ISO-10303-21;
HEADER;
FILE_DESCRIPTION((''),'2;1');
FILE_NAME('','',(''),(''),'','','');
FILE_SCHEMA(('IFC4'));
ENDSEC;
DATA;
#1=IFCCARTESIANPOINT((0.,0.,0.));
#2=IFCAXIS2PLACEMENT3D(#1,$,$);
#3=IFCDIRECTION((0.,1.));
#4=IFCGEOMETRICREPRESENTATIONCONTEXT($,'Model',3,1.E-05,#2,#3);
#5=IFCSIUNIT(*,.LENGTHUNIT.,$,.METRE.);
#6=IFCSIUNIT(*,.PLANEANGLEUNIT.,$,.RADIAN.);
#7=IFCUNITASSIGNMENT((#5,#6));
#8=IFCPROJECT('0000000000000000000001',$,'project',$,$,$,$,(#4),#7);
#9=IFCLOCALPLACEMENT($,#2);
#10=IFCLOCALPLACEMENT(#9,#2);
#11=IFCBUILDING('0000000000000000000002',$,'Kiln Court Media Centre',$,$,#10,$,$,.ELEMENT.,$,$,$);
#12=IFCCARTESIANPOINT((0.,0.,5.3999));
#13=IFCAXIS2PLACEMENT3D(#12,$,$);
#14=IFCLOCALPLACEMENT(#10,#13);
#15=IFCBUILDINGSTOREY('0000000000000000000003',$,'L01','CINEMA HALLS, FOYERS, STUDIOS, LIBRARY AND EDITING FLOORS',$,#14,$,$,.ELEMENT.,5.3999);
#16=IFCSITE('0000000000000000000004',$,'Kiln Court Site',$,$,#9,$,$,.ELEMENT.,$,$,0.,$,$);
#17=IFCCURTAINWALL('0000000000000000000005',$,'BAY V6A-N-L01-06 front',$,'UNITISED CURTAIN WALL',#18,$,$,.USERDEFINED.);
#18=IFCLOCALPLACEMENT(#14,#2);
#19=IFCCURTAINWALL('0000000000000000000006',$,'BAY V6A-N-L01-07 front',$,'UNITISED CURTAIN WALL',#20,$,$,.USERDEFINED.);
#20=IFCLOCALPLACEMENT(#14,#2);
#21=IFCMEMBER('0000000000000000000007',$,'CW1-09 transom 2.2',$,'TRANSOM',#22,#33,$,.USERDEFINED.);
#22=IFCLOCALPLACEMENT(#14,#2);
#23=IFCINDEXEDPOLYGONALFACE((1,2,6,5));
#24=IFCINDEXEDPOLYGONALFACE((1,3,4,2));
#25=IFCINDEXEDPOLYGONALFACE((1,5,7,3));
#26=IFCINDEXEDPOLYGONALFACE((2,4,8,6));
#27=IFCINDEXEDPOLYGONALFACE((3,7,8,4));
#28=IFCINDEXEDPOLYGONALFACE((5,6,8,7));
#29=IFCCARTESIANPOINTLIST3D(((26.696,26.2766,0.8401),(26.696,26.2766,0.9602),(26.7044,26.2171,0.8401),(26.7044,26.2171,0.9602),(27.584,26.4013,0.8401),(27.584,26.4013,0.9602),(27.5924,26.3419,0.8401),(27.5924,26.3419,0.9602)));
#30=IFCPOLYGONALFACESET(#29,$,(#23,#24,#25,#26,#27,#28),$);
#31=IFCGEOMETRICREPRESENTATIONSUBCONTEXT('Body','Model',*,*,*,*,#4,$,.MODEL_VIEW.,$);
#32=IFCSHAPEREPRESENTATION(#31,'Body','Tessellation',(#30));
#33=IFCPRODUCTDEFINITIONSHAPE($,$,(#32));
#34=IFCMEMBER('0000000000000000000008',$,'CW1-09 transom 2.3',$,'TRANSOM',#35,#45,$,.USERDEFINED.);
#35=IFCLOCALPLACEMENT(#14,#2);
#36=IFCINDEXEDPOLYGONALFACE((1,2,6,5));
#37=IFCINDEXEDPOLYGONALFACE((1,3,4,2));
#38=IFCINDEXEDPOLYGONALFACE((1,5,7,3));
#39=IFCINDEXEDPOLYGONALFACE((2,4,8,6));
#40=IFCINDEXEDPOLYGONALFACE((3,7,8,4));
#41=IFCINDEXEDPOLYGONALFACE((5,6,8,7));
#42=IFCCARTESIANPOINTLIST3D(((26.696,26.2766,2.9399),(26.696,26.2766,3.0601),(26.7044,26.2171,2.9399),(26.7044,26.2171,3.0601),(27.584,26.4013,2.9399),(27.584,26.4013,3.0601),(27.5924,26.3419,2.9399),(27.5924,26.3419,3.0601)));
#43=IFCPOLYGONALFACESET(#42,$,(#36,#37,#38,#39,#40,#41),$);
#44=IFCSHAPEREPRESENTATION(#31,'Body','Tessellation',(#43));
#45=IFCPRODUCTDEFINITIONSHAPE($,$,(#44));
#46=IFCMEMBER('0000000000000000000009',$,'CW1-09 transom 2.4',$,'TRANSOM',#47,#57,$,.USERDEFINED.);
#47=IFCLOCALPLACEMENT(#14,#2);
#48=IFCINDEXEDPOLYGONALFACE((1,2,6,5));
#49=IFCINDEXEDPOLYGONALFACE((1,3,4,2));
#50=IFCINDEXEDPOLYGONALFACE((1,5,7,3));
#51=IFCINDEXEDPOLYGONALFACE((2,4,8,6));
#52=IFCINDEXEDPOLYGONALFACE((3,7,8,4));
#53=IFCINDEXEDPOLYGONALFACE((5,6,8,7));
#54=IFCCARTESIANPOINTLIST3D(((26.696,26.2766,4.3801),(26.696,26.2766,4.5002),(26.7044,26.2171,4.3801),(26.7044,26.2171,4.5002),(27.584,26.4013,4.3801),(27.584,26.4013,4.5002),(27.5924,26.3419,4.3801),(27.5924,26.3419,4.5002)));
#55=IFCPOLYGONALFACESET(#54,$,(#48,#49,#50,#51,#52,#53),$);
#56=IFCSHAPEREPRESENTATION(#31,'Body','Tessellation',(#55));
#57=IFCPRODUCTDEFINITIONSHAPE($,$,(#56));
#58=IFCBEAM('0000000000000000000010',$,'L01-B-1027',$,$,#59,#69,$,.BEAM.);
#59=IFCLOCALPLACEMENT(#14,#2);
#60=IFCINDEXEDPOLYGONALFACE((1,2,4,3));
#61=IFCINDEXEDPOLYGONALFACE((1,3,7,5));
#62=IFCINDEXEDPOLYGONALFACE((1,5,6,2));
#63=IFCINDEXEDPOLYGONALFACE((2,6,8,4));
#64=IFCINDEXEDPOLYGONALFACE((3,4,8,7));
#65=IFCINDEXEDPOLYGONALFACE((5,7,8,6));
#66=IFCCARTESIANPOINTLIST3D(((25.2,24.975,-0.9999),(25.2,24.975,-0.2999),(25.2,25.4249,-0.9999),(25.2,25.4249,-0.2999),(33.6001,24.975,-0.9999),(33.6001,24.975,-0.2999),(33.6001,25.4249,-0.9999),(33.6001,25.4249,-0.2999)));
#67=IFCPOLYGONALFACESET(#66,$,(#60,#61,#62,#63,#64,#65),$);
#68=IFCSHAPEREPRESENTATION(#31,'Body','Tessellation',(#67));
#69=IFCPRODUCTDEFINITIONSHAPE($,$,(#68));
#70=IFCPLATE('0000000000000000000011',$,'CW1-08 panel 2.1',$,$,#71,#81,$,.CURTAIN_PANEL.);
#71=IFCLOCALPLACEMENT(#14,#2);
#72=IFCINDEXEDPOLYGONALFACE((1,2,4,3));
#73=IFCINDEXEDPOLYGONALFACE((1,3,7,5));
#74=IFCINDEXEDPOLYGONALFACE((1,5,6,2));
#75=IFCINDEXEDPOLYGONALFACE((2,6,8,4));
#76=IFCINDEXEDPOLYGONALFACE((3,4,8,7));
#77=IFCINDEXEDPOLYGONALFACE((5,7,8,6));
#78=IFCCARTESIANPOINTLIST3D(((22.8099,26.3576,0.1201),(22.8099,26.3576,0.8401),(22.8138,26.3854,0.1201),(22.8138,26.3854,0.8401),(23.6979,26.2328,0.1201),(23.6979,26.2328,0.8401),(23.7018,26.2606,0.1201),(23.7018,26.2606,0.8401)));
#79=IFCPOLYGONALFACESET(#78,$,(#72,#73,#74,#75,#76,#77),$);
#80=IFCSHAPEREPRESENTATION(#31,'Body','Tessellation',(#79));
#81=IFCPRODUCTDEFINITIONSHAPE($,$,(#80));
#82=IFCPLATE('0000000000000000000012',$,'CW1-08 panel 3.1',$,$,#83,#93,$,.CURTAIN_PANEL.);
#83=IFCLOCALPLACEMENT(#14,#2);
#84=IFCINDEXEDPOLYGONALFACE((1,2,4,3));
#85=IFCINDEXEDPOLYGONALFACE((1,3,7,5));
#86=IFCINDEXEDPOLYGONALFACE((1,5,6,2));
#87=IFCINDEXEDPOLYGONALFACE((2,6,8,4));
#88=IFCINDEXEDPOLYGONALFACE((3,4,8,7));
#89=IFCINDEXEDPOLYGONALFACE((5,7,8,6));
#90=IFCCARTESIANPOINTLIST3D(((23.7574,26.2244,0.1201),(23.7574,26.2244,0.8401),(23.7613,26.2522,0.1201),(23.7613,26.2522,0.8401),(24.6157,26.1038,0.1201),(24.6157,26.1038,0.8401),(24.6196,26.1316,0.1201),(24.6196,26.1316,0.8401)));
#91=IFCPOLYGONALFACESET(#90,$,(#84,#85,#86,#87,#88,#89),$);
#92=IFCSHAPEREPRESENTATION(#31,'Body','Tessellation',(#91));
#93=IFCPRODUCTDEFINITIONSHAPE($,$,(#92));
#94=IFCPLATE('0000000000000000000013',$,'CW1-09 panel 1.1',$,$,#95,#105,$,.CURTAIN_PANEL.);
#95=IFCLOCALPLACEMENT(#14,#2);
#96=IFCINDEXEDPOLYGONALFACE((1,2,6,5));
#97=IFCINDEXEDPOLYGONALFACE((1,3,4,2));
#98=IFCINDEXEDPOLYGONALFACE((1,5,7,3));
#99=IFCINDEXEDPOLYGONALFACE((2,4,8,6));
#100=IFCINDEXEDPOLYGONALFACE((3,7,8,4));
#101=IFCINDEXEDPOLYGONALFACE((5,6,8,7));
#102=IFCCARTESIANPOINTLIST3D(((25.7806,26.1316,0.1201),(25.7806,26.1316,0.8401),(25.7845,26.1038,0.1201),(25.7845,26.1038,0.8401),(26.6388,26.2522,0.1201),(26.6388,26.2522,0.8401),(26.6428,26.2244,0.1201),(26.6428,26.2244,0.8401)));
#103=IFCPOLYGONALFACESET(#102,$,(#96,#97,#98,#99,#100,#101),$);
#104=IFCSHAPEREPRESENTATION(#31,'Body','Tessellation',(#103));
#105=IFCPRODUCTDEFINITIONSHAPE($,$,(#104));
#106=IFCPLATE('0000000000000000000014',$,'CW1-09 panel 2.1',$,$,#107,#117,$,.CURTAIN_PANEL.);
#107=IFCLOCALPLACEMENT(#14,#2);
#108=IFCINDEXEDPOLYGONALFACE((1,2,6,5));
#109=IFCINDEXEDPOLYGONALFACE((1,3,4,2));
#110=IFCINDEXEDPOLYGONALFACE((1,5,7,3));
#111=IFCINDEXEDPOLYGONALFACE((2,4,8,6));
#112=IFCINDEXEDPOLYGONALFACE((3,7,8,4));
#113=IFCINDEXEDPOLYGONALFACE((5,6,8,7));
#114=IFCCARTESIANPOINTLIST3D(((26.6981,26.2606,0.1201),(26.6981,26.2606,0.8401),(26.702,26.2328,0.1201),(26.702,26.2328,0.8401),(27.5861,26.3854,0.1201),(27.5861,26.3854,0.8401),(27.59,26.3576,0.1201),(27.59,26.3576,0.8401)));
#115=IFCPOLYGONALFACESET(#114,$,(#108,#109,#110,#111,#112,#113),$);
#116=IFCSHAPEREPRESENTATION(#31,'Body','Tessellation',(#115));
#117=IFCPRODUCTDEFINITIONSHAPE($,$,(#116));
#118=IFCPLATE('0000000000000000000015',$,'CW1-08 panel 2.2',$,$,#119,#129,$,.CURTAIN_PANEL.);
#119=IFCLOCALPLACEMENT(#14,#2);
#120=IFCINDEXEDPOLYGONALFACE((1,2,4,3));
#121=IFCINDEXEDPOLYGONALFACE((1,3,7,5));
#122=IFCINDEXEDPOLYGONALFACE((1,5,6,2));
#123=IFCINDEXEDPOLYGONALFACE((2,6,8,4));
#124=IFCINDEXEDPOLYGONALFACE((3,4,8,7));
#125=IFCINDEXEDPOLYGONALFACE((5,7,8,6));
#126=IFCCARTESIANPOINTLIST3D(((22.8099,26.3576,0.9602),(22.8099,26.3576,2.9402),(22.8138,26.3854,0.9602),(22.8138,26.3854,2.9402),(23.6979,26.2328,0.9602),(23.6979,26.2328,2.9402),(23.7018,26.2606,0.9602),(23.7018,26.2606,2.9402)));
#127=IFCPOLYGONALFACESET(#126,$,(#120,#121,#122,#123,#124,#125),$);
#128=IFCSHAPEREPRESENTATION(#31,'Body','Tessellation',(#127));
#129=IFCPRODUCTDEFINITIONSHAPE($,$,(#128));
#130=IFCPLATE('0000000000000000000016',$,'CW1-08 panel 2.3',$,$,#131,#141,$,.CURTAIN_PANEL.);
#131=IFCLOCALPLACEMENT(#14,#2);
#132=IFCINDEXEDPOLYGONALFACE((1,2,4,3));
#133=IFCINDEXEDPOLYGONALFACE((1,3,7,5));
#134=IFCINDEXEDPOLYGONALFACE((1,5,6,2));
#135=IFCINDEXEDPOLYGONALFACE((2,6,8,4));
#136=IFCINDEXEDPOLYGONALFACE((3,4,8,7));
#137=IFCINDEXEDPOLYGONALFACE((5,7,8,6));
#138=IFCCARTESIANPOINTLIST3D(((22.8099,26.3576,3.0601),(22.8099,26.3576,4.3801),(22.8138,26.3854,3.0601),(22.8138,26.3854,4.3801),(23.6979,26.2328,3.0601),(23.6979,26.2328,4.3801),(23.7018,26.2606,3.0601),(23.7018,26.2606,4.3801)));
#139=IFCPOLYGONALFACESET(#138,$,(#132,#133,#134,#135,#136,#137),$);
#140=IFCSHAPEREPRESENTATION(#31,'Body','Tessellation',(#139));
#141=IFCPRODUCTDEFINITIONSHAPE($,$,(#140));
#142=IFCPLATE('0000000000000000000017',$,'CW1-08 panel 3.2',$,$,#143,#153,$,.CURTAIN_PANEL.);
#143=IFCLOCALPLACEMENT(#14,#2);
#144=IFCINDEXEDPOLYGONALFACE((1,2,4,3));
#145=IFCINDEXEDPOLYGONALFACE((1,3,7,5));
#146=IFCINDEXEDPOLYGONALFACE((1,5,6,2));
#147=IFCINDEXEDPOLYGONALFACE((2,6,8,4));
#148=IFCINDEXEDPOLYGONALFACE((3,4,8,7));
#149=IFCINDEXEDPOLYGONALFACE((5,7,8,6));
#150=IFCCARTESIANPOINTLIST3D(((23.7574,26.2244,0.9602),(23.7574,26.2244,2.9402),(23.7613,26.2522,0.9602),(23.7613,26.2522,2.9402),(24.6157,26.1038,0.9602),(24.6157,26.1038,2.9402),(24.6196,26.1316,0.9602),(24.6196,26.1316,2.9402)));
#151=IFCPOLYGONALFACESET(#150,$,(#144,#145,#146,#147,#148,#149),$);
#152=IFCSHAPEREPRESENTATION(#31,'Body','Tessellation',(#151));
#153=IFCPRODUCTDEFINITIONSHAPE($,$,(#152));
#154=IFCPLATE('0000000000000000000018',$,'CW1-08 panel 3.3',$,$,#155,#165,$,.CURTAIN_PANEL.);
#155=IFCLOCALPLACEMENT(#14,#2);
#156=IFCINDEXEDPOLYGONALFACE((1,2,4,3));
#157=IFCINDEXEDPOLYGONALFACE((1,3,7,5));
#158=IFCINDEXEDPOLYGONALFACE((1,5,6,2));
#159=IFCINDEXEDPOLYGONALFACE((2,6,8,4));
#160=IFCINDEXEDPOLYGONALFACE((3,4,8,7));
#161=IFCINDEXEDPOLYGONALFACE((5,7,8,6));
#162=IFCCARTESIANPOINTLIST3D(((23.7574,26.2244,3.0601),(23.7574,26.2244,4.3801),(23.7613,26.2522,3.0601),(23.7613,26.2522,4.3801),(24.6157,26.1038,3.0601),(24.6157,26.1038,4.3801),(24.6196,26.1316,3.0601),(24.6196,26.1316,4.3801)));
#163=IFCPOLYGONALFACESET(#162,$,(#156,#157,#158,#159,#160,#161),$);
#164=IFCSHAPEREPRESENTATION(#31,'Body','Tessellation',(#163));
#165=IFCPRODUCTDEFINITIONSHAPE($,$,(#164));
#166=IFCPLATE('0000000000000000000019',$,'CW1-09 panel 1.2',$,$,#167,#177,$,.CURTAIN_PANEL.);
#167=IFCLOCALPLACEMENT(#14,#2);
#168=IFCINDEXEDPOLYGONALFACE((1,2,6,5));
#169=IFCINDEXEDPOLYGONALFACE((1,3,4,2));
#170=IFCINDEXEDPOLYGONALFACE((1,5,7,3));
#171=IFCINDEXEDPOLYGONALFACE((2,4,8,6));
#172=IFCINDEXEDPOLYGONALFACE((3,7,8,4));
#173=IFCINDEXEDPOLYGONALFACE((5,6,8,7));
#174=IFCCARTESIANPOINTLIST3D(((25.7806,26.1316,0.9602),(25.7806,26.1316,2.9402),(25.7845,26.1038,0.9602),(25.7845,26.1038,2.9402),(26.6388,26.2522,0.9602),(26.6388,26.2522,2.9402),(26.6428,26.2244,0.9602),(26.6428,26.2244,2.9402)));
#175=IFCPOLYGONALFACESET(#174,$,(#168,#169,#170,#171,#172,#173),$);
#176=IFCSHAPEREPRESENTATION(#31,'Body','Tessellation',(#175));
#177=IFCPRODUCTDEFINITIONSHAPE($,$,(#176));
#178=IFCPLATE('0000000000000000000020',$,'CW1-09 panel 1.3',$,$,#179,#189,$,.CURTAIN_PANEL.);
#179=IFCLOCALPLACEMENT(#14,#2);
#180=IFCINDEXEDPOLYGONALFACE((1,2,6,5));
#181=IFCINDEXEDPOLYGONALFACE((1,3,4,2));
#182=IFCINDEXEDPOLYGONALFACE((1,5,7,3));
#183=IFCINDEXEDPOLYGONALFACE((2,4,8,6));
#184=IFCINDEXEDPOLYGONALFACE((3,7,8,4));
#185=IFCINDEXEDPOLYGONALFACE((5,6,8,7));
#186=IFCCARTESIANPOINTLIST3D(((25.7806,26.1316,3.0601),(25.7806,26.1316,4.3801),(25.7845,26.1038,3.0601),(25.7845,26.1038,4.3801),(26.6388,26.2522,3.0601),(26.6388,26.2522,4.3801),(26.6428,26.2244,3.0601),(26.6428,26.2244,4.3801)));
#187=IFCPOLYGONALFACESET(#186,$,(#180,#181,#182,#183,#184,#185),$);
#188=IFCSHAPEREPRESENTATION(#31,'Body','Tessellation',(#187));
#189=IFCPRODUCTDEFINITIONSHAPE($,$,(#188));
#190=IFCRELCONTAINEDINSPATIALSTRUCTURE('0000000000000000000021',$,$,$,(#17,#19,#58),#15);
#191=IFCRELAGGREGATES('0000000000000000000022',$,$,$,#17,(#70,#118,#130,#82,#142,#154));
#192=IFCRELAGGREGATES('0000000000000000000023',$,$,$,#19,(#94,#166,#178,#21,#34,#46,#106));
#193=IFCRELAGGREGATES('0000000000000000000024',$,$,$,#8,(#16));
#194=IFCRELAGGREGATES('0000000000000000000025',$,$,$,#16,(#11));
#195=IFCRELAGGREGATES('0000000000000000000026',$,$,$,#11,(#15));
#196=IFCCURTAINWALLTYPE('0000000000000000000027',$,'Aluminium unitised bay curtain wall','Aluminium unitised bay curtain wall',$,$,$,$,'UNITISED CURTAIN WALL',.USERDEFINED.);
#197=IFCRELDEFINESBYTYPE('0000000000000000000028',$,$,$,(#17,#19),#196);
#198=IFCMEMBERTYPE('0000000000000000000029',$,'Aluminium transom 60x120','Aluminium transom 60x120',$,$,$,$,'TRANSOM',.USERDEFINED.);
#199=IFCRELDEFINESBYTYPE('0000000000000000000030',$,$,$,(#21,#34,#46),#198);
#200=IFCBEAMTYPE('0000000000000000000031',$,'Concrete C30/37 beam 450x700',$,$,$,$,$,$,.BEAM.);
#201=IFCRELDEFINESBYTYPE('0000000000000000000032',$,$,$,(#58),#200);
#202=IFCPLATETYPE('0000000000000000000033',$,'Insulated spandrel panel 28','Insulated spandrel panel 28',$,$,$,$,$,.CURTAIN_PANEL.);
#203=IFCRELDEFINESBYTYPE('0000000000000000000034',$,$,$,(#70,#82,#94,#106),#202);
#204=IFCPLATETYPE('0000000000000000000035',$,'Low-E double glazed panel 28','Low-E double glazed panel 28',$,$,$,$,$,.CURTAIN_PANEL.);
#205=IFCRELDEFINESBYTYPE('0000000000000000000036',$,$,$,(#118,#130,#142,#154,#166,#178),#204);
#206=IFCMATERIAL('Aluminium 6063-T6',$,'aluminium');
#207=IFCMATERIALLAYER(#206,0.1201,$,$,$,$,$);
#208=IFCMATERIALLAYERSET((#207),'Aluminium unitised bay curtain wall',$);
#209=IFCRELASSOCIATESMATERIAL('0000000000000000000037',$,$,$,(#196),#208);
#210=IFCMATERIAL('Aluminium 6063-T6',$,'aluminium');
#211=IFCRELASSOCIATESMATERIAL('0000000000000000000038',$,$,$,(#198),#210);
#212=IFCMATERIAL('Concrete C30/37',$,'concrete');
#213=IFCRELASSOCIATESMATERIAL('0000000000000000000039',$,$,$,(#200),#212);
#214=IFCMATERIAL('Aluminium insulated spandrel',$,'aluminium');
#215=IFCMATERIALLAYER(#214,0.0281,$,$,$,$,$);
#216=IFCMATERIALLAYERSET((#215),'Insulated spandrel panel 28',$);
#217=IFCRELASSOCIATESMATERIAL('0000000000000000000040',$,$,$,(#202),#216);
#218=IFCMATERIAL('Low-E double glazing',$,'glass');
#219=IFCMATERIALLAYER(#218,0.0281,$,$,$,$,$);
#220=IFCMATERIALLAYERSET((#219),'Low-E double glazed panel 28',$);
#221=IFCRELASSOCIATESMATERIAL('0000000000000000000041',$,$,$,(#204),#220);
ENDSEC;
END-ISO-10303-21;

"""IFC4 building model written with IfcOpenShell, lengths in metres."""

from ifc_helpers import new_model, si_unit, direction, frame, origin, origin_2d, place, context, subcontext, project, spatial, rectangle, extrude, material, layer, layer_set, material_profile, profile_set, type_object, element, aggregate, save


model = new_model("IFC4")

# Units and contexts
model_context = context("Model", 3, precision=1e-05, world=origin(), true_north=direction((0.0, 1.0)))
body_context = subcontext(model_context, "Body", "Model", "MODEL_VIEW")
ifc_project = project(units=[si_unit("LENGTHUNIT", "METRE"), si_unit("PLANEANGLEUNIT", "RADIAN")], contexts=[model_context])

# Site, building, storey
site_placement = place(None, origin())
site = spatial("IfcSite", under=ifc_project, at=site_placement, Name="Kiln Court Site", CompositionType="ELEMENT", RefElevation=0.0)
building_placement = place(site_placement, origin())
building = spatial("IfcBuilding", under=site, at=building_placement, Name="Kiln Court Media Centre", CompositionType="ELEMENT")
storey_placement = place(building_placement, frame((0.0, 0.0, 5.3999)))
storey = spatial("IfcBuildingStorey", under=building, at=storey_placement, Name="L01", Description="CINEMA HALLS, FOYERS, STUDIOS, LIBRARY AND EDITING FLOORS", CompositionType="ELEMENT", Elevation=5.3999)

# Curtain walls
ifc_material_1 = material(Name="Aluminium 6063-T6", Category="aluminium")
ifc_layer_1 = layer(ifc_material_1, 0.1201)
ifc_layer_set_1 = layer_set([ifc_layer_1], Name="Aluminium unitised bay curtain wall")
curtain_wall_type = type_object("IfcCurtainWallType", Name="Aluminium unitised bay curtain wall", Description="Aluminium unitised bay curtain wall", ElementType="UNITISED CURTAIN WALL", PredefinedType="USERDEFINED", material=ifc_layer_set_1)
curtain_wall_1_placement = place(storey_placement, origin())
curtain_wall_1 = element("IfcCurtainWall", 1, at=curtain_wall_1_placement, inside=storey, type_object=curtain_wall_type, Name="BAY V6A-N-L01-06 front", ObjectType="UNITISED CURTAIN WALL", PredefinedType="USERDEFINED")
curtain_wall_2_placement = place(storey_placement, origin())
curtain_wall_2 = element("IfcCurtainWall", 2, at=curtain_wall_2_placement, inside=storey, type_object=curtain_wall_type, Name="BAY V6A-N-L01-07 front", ObjectType="UNITISED CURTAIN WALL", PredefinedType="USERDEFINED")

# Members
ifc_material_2 = material(Name="Aluminium 6063-T6", Category="aluminium")
ifc_material_profile_1 = material_profile(ifc_material_2, rectangle(XDim=0.0601, YDim=0.1201, at=origin_2d()), Name="Aluminium transom 60x120")
ifc_profile_set_1 = profile_set([ifc_material_profile_1], Name="Aluminium 6063-T6")
member_type_1 = type_object("IfcMemberType", Name="Aluminium transom 60x120", Description="Aluminium transom 60x120", ElementType="TRANSOM", PredefinedType="USERDEFINED", material=ifc_profile_set_1)
member_1_placement = place(storey_placement, frame((26.7002, 26.2468, 0.9001), z_axis=(0.990274, 0.139134, 0.0), x_axis=(-0.139134, 0.990274, 0.0)))
member_1 = element("IfcMember", 3, at=member_1_placement, type_object=member_type_1, Name="CW1-09 transom 2.2", ObjectType="TRANSOM", PredefinedType="USERDEFINED", context=body_context, shape_type="SweptSolid", body=[
    extrude(rectangle(XDim=0.0601, YDim=0.1201, at=origin_2d()), origin(), (0.0, 0.0, 1.0), 0.8967),
])
member_2_placement = place(storey_placement, frame((26.7002, 26.2468, 3.0), z_axis=(0.990274, 0.139134, 0.0), x_axis=(-0.139134, 0.990274, 0.0)))
member_2 = element("IfcMember", 4, at=member_2_placement, type_object=member_type_1, Name="CW1-09 transom 2.3", ObjectType="TRANSOM", PredefinedType="USERDEFINED", context=body_context, shape_type="SweptSolid", body=[
    extrude(rectangle(XDim=0.0601, YDim=0.1201, at=origin_2d()), origin(), (0.0, 0.0, 1.0), 0.8967),
])
member_3_placement = place(storey_placement, frame((26.7002, 26.2468, 4.4402), z_axis=(0.990274, 0.139134, 0.0), x_axis=(-0.139134, 0.990274, 0.0)))
member_3 = element("IfcMember", 5, at=member_3_placement, type_object=member_type_1, Name="CW1-09 transom 2.4", ObjectType="TRANSOM", PredefinedType="USERDEFINED", context=body_context, shape_type="SweptSolid", body=[
    extrude(rectangle(XDim=0.0601, YDim=0.1201, at=origin_2d()), origin(), (0.0, 0.0, 1.0), 0.8967),
])

# Beam
ifc_material_3 = material(Name="Concrete C30/37", Category="concrete")
ifc_material_profile_2 = material_profile(ifc_material_3, rectangle(XDim=0.45, YDim=0.7, at=origin_2d()), Name="RC 450x700")
ifc_profile_set_2 = profile_set([ifc_material_profile_2], Name="Concrete C30/37")
beam_type = type_object("IfcBeamType", Name="Concrete C30/37 beam 450x700", PredefinedType="BEAM", material=ifc_profile_set_2)
beam_placement = place(storey_placement, frame((25.2, 25.2, -0.6499), z_axis=(1.0, 0.0, 0.0), x_axis=(0.0, 1.0, 0.0)))
element("IfcBeam", 6, at=beam_placement, inside=storey, type_object=beam_type, Name="L01-B-1027", PredefinedType="BEAM", context=body_context, shape_type="SweptSolid", body=[
    extrude(rectangle(XDim=0.45, YDim=0.7, at=origin_2d()), origin(), (0.0, 0.0, 1.0), 8.4001),
])

# Plates
ifc_material_4 = material(Name="Aluminium insulated spandrel", Category="aluminium")
ifc_layer_2 = layer(ifc_material_4, 0.0281)
ifc_layer_set_2 = layer_set([ifc_layer_2], Name="Insulated spandrel panel 28")
plate_type_1 = type_object("IfcPlateType", Name="Insulated spandrel panel 28", Description="Insulated spandrel panel 28", PredefinedType="CURTAIN_PANEL", material=ifc_layer_set_2)
plate_1_placement = place(storey_placement, frame((23.2559, 26.3091, 0.1201), z_axis=(0.0, 0.0, 1.0), x_axis=(0.99027, -0.139162, 0.0)))
plate_1 = element("IfcPlate", 7, at=plate_1_placement, type_object=plate_type_1, Name="CW1-08 panel 2.1", PredefinedType="CURTAIN_PANEL", context=body_context, shape_type="SweptSolid", body=[
    extrude(rectangle(XDim=0.8967, YDim=0.0281, at=origin_2d()), origin(), (0.0, 0.0, 1.0), 0.72),
])
plate_2_placement = place(storey_placement, frame((24.1885, 26.178, 0.1201), z_axis=(0.0, 0.0, 1.0), x_axis=(0.99027, -0.139162, 0.0)))
plate_2 = element("IfcPlate", 8, at=plate_2_placement, type_object=plate_type_1, Name="CW1-08 panel 3.1", PredefinedType="CURTAIN_PANEL", context=body_context, shape_type="SweptSolid", body=[
    extrude(rectangle(XDim=0.8667, YDim=0.0281, at=origin_2d()), origin(), (0.0, 0.0, 1.0), 0.72),
])
plate_3_placement = place(storey_placement, frame((26.2117, 26.178, 0.1201), z_axis=(0.0, 0.0, 1.0), x_axis=(0.99027, 0.139162, 0.0)))
plate_3 = element("IfcPlate", 9, at=plate_3_placement, type_object=plate_type_1, Name="CW1-09 panel 1.1", PredefinedType="CURTAIN_PANEL", context=body_context, shape_type="SweptSolid", body=[
    extrude(rectangle(XDim=0.8667, YDim=0.0281, at=origin_2d()), origin(), (0.0, 0.0, 1.0), 0.72),
])
plate_4_placement = place(storey_placement, frame((27.144, 26.3091, 0.1201), z_axis=(0.0, 0.0, 1.0), x_axis=(0.99027, 0.139162, 0.0)))
plate_4 = element("IfcPlate", 10, at=plate_4_placement, type_object=plate_type_1, Name="CW1-09 panel 2.1", PredefinedType="CURTAIN_PANEL", context=body_context, shape_type="SweptSolid", body=[
    extrude(rectangle(XDim=0.8967, YDim=0.0281, at=origin_2d()), origin(), (0.0, 0.0, 1.0), 0.72),
])
ifc_material_5 = material(Name="Low-E double glazing", Category="glass")
ifc_layer_3 = layer(ifc_material_5, 0.0281)
ifc_layer_set_3 = layer_set([ifc_layer_3], Name="Low-E double glazed panel 28")
plate_type_2 = type_object("IfcPlateType", Name="Low-E double glazed panel 28", Description="Low-E double glazed panel 28", PredefinedType="CURTAIN_PANEL", material=ifc_layer_set_3)
plate_5_placement = place(storey_placement, frame((23.2559, 26.3091, 0.9602), z_axis=(0.0, 0.0, 1.0), x_axis=(0.99027, -0.139162, 0.0)))
plate_5 = element("IfcPlate", 11, at=plate_5_placement, type_object=plate_type_2, Name="CW1-08 panel 2.2", PredefinedType="CURTAIN_PANEL", context=body_context, shape_type="SweptSolid", body=[
    extrude(rectangle(XDim=0.8967, YDim=0.0281, at=origin_2d()), origin(), (0.0, 0.0, 1.0), 1.98),
])
plate_6_placement = place(storey_placement, frame((23.2559, 26.3091, 3.0601), z_axis=(0.0, 0.0, 1.0), x_axis=(0.99027, -0.139162, 0.0)))
plate_6 = element("IfcPlate", 12, at=plate_6_placement, type_object=plate_type_2, Name="CW1-08 panel 2.3", PredefinedType="CURTAIN_PANEL", context=body_context, shape_type="SweptSolid", body=[
    extrude(rectangle(XDim=0.8967, YDim=0.0281, at=origin_2d()), origin(), (0.0, 0.0, 1.0), 1.3201),
])
plate_7_placement = place(storey_placement, frame((24.1885, 26.178, 0.9602), z_axis=(0.0, 0.0, 1.0), x_axis=(0.99027, -0.139162, 0.0)))
plate_7 = element("IfcPlate", 13, at=plate_7_placement, type_object=plate_type_2, Name="CW1-08 panel 3.2", PredefinedType="CURTAIN_PANEL", context=body_context, shape_type="SweptSolid", body=[
    extrude(rectangle(XDim=0.8667, YDim=0.0281, at=origin_2d()), origin(), (0.0, 0.0, 1.0), 1.98),
])
plate_8_placement = place(storey_placement, frame((24.1885, 26.178, 3.0601), z_axis=(0.0, 0.0, 1.0), x_axis=(0.99027, -0.139162, 0.0)))
plate_8 = element("IfcPlate", 14, at=plate_8_placement, type_object=plate_type_2, Name="CW1-08 panel 3.3", PredefinedType="CURTAIN_PANEL", context=body_context, shape_type="SweptSolid", body=[
    extrude(rectangle(XDim=0.8667, YDim=0.0281, at=origin_2d()), origin(), (0.0, 0.0, 1.0), 1.3201),
])
aggregate(curtain_wall_1, [plate_1, plate_5, plate_6, plate_2, plate_7, plate_8])
plate_9_placement = place(storey_placement, frame((26.2117, 26.178, 0.9602), z_axis=(0.0, 0.0, 1.0), x_axis=(0.99027, 0.139162, 0.0)))
plate_9 = element("IfcPlate", 15, at=plate_9_placement, type_object=plate_type_2, Name="CW1-09 panel 1.2", PredefinedType="CURTAIN_PANEL", context=body_context, shape_type="SweptSolid", body=[
    extrude(rectangle(XDim=0.8667, YDim=0.0281, at=origin_2d()), origin(), (0.0, 0.0, 1.0), 1.98),
])
plate_10_placement = place(storey_placement, frame((26.2117, 26.178, 3.0601), z_axis=(0.0, 0.0, 1.0), x_axis=(0.99027, 0.139162, 0.0)))
plate_10 = element("IfcPlate", 16, at=plate_10_placement, type_object=plate_type_2, Name="CW1-09 panel 1.3", PredefinedType="CURTAIN_PANEL", context=body_context, shape_type="SweptSolid", body=[
    extrude(rectangle(XDim=0.8667, YDim=0.0281, at=origin_2d()), origin(), (0.0, 0.0, 1.0), 1.3201),
])
aggregate(curtain_wall_2, [plate_3, plate_9, plate_10, member_1, member_2, member_3, plate_4])

save(model, "model.ifc")
